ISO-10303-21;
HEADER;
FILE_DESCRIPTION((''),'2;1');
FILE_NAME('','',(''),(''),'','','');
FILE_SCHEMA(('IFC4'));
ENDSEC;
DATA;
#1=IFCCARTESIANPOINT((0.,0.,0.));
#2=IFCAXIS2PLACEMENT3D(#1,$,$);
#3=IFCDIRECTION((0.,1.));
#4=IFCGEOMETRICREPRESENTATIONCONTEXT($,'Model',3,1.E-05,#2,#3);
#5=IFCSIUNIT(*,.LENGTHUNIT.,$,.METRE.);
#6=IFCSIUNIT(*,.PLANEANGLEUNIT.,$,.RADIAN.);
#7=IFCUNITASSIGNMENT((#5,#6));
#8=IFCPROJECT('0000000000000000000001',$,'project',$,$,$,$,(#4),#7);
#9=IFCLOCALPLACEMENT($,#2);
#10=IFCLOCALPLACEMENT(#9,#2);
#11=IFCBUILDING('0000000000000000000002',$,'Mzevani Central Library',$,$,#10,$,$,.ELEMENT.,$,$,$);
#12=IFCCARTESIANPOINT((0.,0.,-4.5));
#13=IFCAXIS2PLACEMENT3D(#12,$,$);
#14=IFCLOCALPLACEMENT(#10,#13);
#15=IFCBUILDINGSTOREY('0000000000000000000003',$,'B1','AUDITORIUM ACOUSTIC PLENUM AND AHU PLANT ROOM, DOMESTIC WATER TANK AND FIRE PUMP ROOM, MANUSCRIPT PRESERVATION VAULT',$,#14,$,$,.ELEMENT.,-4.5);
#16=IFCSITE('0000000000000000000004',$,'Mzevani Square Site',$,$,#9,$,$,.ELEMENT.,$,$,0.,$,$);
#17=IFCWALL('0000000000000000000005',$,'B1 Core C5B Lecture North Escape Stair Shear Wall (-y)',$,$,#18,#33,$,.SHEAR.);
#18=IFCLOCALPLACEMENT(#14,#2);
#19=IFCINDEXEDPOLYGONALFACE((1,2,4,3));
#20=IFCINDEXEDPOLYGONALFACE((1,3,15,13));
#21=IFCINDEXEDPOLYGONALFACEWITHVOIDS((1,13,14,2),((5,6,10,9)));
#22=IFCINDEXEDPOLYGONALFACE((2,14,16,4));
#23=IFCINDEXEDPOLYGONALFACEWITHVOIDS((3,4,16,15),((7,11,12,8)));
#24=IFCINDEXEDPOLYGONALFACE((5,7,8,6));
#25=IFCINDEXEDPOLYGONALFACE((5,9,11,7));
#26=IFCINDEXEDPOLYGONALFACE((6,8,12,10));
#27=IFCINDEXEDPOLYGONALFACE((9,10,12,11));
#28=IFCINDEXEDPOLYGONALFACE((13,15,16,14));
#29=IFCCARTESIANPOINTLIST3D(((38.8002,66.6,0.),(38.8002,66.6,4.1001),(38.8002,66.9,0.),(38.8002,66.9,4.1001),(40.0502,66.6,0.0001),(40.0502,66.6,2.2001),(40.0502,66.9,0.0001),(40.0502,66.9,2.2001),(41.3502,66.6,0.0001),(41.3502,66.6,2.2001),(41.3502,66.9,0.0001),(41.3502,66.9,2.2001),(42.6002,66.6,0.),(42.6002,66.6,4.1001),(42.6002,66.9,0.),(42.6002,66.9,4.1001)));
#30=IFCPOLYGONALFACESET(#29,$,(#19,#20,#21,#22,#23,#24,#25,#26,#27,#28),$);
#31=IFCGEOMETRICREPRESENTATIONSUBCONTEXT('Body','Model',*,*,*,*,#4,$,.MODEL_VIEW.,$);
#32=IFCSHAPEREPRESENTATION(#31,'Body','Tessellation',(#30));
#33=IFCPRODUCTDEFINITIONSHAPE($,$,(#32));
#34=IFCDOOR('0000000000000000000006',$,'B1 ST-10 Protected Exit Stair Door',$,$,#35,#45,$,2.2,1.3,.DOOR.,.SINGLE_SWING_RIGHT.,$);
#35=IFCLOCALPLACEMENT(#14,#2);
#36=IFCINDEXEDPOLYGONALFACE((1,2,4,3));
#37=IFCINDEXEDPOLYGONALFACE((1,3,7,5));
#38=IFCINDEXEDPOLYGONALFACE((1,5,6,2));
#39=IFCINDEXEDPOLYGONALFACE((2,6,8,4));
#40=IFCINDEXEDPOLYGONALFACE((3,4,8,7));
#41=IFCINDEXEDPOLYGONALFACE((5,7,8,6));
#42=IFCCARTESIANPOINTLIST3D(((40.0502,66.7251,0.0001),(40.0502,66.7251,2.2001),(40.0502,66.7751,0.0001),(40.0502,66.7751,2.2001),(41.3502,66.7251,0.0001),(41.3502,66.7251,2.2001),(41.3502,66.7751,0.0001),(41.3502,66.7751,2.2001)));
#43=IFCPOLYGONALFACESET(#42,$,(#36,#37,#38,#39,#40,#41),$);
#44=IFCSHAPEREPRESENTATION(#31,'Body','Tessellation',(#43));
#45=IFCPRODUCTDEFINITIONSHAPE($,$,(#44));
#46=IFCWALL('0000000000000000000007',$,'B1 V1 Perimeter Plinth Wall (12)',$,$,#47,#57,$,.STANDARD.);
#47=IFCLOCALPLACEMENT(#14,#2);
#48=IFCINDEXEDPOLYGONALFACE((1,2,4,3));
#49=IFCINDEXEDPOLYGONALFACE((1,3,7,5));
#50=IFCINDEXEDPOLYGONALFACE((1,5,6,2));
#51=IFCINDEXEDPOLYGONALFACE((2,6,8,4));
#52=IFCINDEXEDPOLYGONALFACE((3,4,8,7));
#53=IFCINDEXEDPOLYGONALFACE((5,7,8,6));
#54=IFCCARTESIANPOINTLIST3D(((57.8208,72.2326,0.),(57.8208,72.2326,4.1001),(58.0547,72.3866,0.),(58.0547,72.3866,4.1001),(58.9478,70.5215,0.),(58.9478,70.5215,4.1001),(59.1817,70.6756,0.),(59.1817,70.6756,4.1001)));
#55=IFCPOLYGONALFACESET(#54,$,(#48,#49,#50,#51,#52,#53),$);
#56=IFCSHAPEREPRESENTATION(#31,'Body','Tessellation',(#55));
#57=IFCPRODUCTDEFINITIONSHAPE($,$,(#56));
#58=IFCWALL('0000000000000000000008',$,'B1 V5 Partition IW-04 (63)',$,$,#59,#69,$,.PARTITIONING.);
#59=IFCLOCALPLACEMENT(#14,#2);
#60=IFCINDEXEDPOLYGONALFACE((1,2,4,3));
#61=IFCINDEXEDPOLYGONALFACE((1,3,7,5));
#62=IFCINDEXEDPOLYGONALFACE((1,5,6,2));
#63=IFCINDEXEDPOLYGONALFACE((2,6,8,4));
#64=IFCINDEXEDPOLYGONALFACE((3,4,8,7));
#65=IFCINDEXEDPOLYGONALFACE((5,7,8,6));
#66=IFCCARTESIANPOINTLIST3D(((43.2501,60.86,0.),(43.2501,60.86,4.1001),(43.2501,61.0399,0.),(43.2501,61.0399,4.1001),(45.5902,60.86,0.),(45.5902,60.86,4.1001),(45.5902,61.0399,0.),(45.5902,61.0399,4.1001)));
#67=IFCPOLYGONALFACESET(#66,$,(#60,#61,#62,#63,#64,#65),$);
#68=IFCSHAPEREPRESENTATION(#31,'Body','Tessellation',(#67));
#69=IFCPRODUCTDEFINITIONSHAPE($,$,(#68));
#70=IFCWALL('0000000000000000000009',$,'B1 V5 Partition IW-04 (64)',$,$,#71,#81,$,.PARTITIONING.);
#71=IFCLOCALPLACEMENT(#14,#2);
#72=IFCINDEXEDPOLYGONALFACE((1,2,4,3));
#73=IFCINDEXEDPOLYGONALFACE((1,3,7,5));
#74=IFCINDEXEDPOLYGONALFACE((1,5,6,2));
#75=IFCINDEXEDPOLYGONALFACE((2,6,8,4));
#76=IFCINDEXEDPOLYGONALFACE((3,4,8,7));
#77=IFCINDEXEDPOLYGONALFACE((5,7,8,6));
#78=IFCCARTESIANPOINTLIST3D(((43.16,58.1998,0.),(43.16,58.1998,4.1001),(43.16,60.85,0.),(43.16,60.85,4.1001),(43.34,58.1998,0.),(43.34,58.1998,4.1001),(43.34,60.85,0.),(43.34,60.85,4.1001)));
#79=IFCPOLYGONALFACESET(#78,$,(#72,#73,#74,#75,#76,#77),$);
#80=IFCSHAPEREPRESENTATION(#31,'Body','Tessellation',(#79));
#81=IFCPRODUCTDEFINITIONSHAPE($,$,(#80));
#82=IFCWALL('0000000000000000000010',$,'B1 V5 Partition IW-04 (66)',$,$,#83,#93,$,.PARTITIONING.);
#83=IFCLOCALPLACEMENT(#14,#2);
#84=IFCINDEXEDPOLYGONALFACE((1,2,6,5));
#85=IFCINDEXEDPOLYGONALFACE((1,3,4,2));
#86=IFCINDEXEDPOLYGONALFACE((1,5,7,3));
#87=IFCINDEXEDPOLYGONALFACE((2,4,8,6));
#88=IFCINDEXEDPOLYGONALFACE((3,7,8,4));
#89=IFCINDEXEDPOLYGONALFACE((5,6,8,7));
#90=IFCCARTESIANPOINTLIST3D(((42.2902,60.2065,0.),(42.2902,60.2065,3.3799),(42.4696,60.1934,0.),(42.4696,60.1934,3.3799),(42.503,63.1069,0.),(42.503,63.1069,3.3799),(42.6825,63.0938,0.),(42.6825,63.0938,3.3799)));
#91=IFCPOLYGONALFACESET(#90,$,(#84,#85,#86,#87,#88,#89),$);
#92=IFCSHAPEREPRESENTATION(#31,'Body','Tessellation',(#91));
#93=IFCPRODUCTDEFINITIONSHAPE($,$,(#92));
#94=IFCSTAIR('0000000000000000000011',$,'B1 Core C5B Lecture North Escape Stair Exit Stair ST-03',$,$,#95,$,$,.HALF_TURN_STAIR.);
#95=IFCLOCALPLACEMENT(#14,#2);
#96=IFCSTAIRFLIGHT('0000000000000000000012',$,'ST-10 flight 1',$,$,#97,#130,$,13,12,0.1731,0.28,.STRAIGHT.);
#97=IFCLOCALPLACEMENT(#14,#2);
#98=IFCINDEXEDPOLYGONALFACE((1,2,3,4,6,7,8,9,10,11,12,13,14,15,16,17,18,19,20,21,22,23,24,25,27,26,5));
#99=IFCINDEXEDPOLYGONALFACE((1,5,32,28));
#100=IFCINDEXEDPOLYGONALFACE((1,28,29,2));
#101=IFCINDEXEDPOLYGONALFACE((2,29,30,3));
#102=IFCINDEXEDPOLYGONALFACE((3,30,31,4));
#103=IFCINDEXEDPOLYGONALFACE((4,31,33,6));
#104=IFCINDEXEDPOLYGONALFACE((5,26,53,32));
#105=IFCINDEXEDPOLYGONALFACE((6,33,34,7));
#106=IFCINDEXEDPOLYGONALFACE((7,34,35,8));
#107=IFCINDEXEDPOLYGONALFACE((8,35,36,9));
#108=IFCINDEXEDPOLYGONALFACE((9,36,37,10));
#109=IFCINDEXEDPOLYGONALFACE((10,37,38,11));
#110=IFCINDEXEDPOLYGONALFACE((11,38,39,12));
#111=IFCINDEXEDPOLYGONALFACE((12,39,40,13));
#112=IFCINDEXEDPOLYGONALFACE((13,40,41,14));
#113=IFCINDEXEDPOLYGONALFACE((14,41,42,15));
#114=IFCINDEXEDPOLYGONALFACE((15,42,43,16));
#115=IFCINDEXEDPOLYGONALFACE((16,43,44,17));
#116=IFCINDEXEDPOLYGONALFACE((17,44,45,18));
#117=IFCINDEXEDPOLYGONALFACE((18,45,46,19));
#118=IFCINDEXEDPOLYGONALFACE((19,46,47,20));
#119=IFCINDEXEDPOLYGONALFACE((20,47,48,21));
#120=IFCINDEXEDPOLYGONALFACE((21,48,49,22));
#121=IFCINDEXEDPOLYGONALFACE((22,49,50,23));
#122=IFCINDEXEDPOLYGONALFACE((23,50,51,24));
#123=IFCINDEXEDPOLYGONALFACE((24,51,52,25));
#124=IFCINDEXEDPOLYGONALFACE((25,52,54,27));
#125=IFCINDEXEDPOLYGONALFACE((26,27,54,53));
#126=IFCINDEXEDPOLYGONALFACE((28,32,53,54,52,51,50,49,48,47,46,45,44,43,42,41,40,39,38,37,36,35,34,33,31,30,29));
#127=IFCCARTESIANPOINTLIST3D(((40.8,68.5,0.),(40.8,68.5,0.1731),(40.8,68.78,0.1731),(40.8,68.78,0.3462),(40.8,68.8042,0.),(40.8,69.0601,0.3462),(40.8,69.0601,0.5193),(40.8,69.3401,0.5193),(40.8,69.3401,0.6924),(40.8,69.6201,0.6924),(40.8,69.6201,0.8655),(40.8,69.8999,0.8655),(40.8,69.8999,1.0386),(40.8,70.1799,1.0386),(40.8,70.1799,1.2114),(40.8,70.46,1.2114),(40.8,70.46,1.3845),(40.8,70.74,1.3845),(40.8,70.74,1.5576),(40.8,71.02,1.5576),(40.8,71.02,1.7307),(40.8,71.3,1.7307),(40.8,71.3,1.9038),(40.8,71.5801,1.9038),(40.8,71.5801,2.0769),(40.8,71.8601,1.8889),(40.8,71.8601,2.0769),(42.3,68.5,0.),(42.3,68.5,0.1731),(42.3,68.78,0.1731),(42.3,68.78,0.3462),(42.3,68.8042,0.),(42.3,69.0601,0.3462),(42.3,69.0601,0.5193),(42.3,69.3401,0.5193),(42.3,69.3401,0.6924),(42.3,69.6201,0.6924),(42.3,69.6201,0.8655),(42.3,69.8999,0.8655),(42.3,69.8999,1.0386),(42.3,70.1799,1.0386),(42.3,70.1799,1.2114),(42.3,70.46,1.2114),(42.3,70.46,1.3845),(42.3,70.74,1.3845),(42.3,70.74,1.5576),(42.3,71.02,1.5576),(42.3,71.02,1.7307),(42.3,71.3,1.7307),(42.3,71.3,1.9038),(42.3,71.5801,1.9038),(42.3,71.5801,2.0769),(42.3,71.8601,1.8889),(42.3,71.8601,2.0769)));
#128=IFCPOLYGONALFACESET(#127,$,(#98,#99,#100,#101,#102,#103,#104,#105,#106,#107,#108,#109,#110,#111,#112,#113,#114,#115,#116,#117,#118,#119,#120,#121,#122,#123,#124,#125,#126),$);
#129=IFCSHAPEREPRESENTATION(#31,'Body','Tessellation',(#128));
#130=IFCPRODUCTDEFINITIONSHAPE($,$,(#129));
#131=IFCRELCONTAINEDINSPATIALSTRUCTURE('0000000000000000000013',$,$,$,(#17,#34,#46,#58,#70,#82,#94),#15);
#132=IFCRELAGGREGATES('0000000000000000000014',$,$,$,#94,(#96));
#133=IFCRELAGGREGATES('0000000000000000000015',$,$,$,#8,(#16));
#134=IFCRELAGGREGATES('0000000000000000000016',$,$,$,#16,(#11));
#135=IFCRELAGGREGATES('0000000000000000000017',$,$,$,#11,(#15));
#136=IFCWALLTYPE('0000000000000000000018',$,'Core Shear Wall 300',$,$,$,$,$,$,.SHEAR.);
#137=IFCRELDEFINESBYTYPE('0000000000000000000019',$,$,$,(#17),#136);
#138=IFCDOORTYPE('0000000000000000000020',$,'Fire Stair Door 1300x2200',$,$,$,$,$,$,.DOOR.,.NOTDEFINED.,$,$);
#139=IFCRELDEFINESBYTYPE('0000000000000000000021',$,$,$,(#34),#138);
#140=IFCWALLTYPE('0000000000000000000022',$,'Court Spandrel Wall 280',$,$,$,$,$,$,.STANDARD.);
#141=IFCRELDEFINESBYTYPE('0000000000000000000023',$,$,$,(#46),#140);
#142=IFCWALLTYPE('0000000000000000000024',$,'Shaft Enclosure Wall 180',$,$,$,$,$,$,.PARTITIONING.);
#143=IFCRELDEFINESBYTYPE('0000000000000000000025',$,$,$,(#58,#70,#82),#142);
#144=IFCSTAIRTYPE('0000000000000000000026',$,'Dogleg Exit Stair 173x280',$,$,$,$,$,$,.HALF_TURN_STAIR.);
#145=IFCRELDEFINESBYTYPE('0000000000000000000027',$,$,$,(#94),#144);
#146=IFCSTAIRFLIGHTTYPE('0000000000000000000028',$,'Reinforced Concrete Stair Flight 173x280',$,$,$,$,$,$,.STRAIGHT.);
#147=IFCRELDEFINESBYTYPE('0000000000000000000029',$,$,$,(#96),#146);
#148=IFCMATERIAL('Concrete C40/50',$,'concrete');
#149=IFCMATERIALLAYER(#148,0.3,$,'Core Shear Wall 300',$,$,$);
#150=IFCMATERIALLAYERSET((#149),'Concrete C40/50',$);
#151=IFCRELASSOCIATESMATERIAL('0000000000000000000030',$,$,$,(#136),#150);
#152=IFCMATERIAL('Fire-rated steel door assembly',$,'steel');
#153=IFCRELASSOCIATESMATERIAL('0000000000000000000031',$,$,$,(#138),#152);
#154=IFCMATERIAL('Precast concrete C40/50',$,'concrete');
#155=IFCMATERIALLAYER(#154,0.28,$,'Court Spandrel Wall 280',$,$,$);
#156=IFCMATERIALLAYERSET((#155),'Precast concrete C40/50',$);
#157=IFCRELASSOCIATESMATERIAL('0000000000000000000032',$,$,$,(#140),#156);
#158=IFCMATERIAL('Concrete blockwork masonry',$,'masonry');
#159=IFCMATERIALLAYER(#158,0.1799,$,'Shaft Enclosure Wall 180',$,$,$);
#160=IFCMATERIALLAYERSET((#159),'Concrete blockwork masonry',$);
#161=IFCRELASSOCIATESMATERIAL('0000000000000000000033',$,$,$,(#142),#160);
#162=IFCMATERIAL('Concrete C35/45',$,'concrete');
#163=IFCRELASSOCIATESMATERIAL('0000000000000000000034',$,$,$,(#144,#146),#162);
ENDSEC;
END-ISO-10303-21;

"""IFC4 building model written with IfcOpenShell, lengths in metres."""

from ifc_helpers import new_model, si_unit, direction, frame, frame_2d, origin, place, context, subcontext, project, spatial, polyline, rectangle, outline, extrude, material, layer, layer_set, type_object, element, fill, aggregate, save


model = new_model("IFC4")

# Units and contexts
model_context = context("Model", 3, precision=1e-05, world=origin(), true_north=direction((0.0, 1.0)))
body_context = subcontext(model_context, "Body", "Model", "MODEL_VIEW")
ifc_project = project(units=[si_unit("LENGTHUNIT", "METRE"), si_unit("PLANEANGLEUNIT", "RADIAN")], contexts=[model_context])

# Site, building, storey
site_placement = place(None, origin())
site = spatial("IfcSite", under=ifc_project, at=site_placement, Name="Mzevani Square Site", CompositionType="ELEMENT", RefElevation=0.0)
building_placement = place(site_placement, origin())
building = spatial("IfcBuilding", under=site, at=building_placement, Name="Mzevani Central Library", CompositionType="ELEMENT")
storey_placement = place(building_placement, frame((0.0, 0.0, -4.5)))
storey = spatial("IfcBuildingStorey", under=building, at=storey_placement, Name="B1", Description="AUDITORIUM ACOUSTIC PLENUM AND AHU PLANT ROOM, DOMESTIC WATER TANK AND FIRE PUMP ROOM, MANUSCRIPT PRESERVATION VAULT", CompositionType="ELEMENT", Elevation=-4.5)

# Shared definitions
ifc_material_1 = material(Name="Concrete C40/50", Category="concrete")

# Shared definitions
ifc_material_2 = material(Name="Concrete C35/45", Category="concrete")

# Wall, opening, door
ifc_layer_1 = layer(ifc_material_1, 0.3, Name="Core Shear Wall 300")
ifc_layer_set_1 = layer_set([ifc_layer_1], Name="Concrete C40/50")
wall_type_1 = type_object("IfcWallType", Name="Core Shear Wall 300", PredefinedType="SHEAR", material=ifc_layer_set_1)
wall_1_placement = place(storey_placement, frame((42.6001, 66.75, 0.0), z_axis=(0.0, 0.0, 1.0), x_axis=(-1.0, 0.0, 0.0)))
wall_1 = element("IfcWall", 1, at=wall_1_placement, inside=storey, type_object=wall_type_1, Name="B1 Core C5B Lecture North Escape Stair Shear Wall (-y)", PredefinedType="SHEAR", context=body_context, shape_type="SweptSolid", body=[
    extrude(rectangle(XDim=3.8, YDim=0.3, at=frame_2d((1.8999, 0.0))), origin(), (0.0, 0.0, 1.0), 4.1001),
])
opening_placement = place(wall_1_placement, frame((1.25, 0.0, 0.0)))
opening = element("IfcOpeningElement", 2, at=opening_placement, cuts=wall_1, PredefinedType="OPENING", context=body_context, shape_type="SweptSolid", body=[
    extrude(rectangle(XDim=1.3, YDim=2.2, at=frame_2d((0.6499, 1.1001))), frame((0.0, 0.1602, 0.0), z_axis=(0.0, -1.0, 0.0), x_axis=(1.0, 0.0, 0.0)), (0.0, 0.0, 1.0), 0.3201),
])
ifc_material_3 = material(Name="Fire-rated steel door assembly", Category="steel")
door_type = type_object("IfcDoorType", Name="Fire Stair Door 1300x2200", OperationType="NOTDEFINED", PredefinedType="DOOR", material=ifc_material_3)
door_placement = place(opening_placement, origin())
door = element("IfcDoor", 3, at=door_placement, inside=storey, type_object=door_type, Name="B1 ST-10 Protected Exit Stair Door", OperationType="SINGLE_SWING_RIGHT", OverallHeight=2.2, OverallWidth=1.3, PredefinedType="DOOR", context=body_context, shape_type="SweptSolid", body=[
    extrude(rectangle(XDim=1.3, YDim=2.2, at=frame_2d((0.6499, 1.1001))), frame((0.0, 0.0249, 0.0), z_axis=(0.0, -1.0, 0.0), x_axis=(1.0, 0.0, 0.0)), (0.0, 0.0, 1.0), 0.05),
])
fill(opening, door)

# Walls
ifc_material_4 = material(Name="Precast concrete C40/50", Category="concrete")
ifc_layer_2 = layer(ifc_material_4, 0.28, Name="Court Spandrel Wall 280")
ifc_layer_set_2 = layer_set([ifc_layer_2], Name="Precast concrete C40/50")
wall_type_2 = type_object("IfcWallType", Name="Court Spandrel Wall 280", PredefinedType="STANDARD", material=ifc_layer_set_2)
wall_2_placement = place(storey_placement, frame((57.9377, 72.3096, 0.0), z_axis=(0.0, 0.0, 1.0), x_axis=(0.550072, -0.835117, 0.0)))
element("IfcWall", 4, at=wall_2_placement, inside=storey, type_object=wall_type_2, Name="B1 V1 Perimeter Plinth Wall (12)", PredefinedType="STANDARD", context=body_context, shape_type="SweptSolid", body=[
    extrude(rectangle(XDim=2.0488, YDim=0.28, at=frame_2d((1.0244, 0.0))), origin(), (0.0, 0.0, 1.0), 4.1001),
])
ifc_material_5 = material(Name="Concrete blockwork masonry", Category="masonry")
ifc_layer_3 = layer(ifc_material_5, 0.1799, Name="Shaft Enclosure Wall 180")
ifc_layer_set_3 = layer_set([ifc_layer_3], Name="Concrete blockwork masonry")
wall_type_3 = type_object("IfcWallType", Name="Shaft Enclosure Wall 180", PredefinedType="PARTITIONING", material=ifc_layer_set_3)
wall_3_placement = place(storey_placement, frame((45.5901, 60.95, 0.0), z_axis=(0.0, 0.0, 1.0), x_axis=(-1.0, 0.0, 0.0)))
element("IfcWall", 5, at=wall_3_placement, inside=storey, type_object=wall_type_3, Name="B1 V5 Partition IW-04 (63)", PredefinedType="PARTITIONING", context=body_context, shape_type="SweptSolid", body=[
    extrude(rectangle(XDim=2.3401, YDim=0.1799, at=frame_2d((1.1699, 0.0))), origin(), (0.0, 0.0, 1.0), 4.1001),
])
wall_4_placement = place(storey_placement, frame((43.25, 60.8501, 0.0), z_axis=(0.0, 0.0, 1.0), x_axis=(0.0, -1.0, 0.0)))
element("IfcWall", 6, at=wall_4_placement, inside=storey, type_object=wall_type_3, Name="B1 V5 Partition IW-04 (64)", PredefinedType="PARTITIONING", context=body_context, shape_type="SweptSolid", body=[
    extrude(rectangle(XDim=2.6501, YDim=0.1799, at=frame_2d((1.3252, 0.0))), origin(), (0.0, 0.0, 1.0), 4.1001),
])
wall_5_placement = place(storey_placement, frame((42.3799, 60.2, 0.0), z_axis=(0.0, 0.0, 1.0), x_axis=(0.073204, 0.997317, 0.0)))
element("IfcWall", 7, at=wall_5_placement, inside=storey, type_object=wall_type_3, Name="B1 V5 Partition IW-04 (66)", PredefinedType="PARTITIONING", context=body_context, shape_type="SweptSolid", body=[
    extrude(rectangle(XDim=2.9082, YDim=0.1799, at=frame_2d((1.4541, 0.0))), origin(), (0.0, 0.0, 1.0), 3.3799),
])

# Stair, stair flight
stair_type = type_object("IfcStairType", Name="Dogleg Exit Stair 173x280", PredefinedType="HALF_TURN_STAIR", material=ifc_material_2)
stair_placement = place(storey_placement, origin())
stair = element("IfcStair", 8, at=stair_placement, inside=storey, type_object=stair_type, Name="B1 Core C5B Lecture North Escape Stair Exit Stair ST-03", PredefinedType="HALF_TURN_STAIR")
stair_flight_type = type_object("IfcStairFlightType", Name="Reinforced Concrete Stair Flight 173x280", PredefinedType="STRAIGHT", material=ifc_material_2)
stair_flight_placement = place(storey_placement, frame((41.55, 68.5, 0.0), z_axis=(0.0, 0.0, 1.0), x_axis=(0.0, 1.0, 0.0)))
stair_flight = element("IfcStairFlight", 9, at=stair_flight_placement, type_object=stair_flight_type, Name="ST-10 flight 1", NumberOfRisers=13, NumberOfTreads=12, PredefinedType="STRAIGHT", RiserHeight=0.1731, TreadLength=0.28, context=body_context, shape_type="SweptSolid", body=[
    extrude(outline(polyline([(0.0, 0.0), (0.0, 0.1731), (0.28, 0.1731), (0.28, 0.3462), (0.5601, 0.3462), (0.5601, 0.5193), (0.8401, 0.5193), (0.8401, 0.6924), (1.1201, 0.6924), (1.1201, 0.8655), (1.3999, 0.8655), (1.3999, 1.0386), (1.6799, 1.0386), (1.6799, 1.2114), (1.96, 1.2114), (1.96, 1.3845), (2.24, 1.3845), (2.24, 1.5576), (2.52, 1.5576), (2.52, 1.7307), (2.8, 1.7307), (2.8, 1.9038), (3.0801, 1.9038), (3.0801, 2.0769), (3.3601, 2.0769), (3.3601, 2.25), (3.3601, 1.8889), (0.3042, 0.0), (0.0, 0.0)])), frame((0.0, 0.75, 0.0), z_axis=(0.0, -1.0, 0.0), x_axis=(1.0, 0.0, 0.0)), (0.0, 0.0, 1.0), 1.5),
])
aggregate(stair, [stair_flight])

save(model, "model.ifc")
